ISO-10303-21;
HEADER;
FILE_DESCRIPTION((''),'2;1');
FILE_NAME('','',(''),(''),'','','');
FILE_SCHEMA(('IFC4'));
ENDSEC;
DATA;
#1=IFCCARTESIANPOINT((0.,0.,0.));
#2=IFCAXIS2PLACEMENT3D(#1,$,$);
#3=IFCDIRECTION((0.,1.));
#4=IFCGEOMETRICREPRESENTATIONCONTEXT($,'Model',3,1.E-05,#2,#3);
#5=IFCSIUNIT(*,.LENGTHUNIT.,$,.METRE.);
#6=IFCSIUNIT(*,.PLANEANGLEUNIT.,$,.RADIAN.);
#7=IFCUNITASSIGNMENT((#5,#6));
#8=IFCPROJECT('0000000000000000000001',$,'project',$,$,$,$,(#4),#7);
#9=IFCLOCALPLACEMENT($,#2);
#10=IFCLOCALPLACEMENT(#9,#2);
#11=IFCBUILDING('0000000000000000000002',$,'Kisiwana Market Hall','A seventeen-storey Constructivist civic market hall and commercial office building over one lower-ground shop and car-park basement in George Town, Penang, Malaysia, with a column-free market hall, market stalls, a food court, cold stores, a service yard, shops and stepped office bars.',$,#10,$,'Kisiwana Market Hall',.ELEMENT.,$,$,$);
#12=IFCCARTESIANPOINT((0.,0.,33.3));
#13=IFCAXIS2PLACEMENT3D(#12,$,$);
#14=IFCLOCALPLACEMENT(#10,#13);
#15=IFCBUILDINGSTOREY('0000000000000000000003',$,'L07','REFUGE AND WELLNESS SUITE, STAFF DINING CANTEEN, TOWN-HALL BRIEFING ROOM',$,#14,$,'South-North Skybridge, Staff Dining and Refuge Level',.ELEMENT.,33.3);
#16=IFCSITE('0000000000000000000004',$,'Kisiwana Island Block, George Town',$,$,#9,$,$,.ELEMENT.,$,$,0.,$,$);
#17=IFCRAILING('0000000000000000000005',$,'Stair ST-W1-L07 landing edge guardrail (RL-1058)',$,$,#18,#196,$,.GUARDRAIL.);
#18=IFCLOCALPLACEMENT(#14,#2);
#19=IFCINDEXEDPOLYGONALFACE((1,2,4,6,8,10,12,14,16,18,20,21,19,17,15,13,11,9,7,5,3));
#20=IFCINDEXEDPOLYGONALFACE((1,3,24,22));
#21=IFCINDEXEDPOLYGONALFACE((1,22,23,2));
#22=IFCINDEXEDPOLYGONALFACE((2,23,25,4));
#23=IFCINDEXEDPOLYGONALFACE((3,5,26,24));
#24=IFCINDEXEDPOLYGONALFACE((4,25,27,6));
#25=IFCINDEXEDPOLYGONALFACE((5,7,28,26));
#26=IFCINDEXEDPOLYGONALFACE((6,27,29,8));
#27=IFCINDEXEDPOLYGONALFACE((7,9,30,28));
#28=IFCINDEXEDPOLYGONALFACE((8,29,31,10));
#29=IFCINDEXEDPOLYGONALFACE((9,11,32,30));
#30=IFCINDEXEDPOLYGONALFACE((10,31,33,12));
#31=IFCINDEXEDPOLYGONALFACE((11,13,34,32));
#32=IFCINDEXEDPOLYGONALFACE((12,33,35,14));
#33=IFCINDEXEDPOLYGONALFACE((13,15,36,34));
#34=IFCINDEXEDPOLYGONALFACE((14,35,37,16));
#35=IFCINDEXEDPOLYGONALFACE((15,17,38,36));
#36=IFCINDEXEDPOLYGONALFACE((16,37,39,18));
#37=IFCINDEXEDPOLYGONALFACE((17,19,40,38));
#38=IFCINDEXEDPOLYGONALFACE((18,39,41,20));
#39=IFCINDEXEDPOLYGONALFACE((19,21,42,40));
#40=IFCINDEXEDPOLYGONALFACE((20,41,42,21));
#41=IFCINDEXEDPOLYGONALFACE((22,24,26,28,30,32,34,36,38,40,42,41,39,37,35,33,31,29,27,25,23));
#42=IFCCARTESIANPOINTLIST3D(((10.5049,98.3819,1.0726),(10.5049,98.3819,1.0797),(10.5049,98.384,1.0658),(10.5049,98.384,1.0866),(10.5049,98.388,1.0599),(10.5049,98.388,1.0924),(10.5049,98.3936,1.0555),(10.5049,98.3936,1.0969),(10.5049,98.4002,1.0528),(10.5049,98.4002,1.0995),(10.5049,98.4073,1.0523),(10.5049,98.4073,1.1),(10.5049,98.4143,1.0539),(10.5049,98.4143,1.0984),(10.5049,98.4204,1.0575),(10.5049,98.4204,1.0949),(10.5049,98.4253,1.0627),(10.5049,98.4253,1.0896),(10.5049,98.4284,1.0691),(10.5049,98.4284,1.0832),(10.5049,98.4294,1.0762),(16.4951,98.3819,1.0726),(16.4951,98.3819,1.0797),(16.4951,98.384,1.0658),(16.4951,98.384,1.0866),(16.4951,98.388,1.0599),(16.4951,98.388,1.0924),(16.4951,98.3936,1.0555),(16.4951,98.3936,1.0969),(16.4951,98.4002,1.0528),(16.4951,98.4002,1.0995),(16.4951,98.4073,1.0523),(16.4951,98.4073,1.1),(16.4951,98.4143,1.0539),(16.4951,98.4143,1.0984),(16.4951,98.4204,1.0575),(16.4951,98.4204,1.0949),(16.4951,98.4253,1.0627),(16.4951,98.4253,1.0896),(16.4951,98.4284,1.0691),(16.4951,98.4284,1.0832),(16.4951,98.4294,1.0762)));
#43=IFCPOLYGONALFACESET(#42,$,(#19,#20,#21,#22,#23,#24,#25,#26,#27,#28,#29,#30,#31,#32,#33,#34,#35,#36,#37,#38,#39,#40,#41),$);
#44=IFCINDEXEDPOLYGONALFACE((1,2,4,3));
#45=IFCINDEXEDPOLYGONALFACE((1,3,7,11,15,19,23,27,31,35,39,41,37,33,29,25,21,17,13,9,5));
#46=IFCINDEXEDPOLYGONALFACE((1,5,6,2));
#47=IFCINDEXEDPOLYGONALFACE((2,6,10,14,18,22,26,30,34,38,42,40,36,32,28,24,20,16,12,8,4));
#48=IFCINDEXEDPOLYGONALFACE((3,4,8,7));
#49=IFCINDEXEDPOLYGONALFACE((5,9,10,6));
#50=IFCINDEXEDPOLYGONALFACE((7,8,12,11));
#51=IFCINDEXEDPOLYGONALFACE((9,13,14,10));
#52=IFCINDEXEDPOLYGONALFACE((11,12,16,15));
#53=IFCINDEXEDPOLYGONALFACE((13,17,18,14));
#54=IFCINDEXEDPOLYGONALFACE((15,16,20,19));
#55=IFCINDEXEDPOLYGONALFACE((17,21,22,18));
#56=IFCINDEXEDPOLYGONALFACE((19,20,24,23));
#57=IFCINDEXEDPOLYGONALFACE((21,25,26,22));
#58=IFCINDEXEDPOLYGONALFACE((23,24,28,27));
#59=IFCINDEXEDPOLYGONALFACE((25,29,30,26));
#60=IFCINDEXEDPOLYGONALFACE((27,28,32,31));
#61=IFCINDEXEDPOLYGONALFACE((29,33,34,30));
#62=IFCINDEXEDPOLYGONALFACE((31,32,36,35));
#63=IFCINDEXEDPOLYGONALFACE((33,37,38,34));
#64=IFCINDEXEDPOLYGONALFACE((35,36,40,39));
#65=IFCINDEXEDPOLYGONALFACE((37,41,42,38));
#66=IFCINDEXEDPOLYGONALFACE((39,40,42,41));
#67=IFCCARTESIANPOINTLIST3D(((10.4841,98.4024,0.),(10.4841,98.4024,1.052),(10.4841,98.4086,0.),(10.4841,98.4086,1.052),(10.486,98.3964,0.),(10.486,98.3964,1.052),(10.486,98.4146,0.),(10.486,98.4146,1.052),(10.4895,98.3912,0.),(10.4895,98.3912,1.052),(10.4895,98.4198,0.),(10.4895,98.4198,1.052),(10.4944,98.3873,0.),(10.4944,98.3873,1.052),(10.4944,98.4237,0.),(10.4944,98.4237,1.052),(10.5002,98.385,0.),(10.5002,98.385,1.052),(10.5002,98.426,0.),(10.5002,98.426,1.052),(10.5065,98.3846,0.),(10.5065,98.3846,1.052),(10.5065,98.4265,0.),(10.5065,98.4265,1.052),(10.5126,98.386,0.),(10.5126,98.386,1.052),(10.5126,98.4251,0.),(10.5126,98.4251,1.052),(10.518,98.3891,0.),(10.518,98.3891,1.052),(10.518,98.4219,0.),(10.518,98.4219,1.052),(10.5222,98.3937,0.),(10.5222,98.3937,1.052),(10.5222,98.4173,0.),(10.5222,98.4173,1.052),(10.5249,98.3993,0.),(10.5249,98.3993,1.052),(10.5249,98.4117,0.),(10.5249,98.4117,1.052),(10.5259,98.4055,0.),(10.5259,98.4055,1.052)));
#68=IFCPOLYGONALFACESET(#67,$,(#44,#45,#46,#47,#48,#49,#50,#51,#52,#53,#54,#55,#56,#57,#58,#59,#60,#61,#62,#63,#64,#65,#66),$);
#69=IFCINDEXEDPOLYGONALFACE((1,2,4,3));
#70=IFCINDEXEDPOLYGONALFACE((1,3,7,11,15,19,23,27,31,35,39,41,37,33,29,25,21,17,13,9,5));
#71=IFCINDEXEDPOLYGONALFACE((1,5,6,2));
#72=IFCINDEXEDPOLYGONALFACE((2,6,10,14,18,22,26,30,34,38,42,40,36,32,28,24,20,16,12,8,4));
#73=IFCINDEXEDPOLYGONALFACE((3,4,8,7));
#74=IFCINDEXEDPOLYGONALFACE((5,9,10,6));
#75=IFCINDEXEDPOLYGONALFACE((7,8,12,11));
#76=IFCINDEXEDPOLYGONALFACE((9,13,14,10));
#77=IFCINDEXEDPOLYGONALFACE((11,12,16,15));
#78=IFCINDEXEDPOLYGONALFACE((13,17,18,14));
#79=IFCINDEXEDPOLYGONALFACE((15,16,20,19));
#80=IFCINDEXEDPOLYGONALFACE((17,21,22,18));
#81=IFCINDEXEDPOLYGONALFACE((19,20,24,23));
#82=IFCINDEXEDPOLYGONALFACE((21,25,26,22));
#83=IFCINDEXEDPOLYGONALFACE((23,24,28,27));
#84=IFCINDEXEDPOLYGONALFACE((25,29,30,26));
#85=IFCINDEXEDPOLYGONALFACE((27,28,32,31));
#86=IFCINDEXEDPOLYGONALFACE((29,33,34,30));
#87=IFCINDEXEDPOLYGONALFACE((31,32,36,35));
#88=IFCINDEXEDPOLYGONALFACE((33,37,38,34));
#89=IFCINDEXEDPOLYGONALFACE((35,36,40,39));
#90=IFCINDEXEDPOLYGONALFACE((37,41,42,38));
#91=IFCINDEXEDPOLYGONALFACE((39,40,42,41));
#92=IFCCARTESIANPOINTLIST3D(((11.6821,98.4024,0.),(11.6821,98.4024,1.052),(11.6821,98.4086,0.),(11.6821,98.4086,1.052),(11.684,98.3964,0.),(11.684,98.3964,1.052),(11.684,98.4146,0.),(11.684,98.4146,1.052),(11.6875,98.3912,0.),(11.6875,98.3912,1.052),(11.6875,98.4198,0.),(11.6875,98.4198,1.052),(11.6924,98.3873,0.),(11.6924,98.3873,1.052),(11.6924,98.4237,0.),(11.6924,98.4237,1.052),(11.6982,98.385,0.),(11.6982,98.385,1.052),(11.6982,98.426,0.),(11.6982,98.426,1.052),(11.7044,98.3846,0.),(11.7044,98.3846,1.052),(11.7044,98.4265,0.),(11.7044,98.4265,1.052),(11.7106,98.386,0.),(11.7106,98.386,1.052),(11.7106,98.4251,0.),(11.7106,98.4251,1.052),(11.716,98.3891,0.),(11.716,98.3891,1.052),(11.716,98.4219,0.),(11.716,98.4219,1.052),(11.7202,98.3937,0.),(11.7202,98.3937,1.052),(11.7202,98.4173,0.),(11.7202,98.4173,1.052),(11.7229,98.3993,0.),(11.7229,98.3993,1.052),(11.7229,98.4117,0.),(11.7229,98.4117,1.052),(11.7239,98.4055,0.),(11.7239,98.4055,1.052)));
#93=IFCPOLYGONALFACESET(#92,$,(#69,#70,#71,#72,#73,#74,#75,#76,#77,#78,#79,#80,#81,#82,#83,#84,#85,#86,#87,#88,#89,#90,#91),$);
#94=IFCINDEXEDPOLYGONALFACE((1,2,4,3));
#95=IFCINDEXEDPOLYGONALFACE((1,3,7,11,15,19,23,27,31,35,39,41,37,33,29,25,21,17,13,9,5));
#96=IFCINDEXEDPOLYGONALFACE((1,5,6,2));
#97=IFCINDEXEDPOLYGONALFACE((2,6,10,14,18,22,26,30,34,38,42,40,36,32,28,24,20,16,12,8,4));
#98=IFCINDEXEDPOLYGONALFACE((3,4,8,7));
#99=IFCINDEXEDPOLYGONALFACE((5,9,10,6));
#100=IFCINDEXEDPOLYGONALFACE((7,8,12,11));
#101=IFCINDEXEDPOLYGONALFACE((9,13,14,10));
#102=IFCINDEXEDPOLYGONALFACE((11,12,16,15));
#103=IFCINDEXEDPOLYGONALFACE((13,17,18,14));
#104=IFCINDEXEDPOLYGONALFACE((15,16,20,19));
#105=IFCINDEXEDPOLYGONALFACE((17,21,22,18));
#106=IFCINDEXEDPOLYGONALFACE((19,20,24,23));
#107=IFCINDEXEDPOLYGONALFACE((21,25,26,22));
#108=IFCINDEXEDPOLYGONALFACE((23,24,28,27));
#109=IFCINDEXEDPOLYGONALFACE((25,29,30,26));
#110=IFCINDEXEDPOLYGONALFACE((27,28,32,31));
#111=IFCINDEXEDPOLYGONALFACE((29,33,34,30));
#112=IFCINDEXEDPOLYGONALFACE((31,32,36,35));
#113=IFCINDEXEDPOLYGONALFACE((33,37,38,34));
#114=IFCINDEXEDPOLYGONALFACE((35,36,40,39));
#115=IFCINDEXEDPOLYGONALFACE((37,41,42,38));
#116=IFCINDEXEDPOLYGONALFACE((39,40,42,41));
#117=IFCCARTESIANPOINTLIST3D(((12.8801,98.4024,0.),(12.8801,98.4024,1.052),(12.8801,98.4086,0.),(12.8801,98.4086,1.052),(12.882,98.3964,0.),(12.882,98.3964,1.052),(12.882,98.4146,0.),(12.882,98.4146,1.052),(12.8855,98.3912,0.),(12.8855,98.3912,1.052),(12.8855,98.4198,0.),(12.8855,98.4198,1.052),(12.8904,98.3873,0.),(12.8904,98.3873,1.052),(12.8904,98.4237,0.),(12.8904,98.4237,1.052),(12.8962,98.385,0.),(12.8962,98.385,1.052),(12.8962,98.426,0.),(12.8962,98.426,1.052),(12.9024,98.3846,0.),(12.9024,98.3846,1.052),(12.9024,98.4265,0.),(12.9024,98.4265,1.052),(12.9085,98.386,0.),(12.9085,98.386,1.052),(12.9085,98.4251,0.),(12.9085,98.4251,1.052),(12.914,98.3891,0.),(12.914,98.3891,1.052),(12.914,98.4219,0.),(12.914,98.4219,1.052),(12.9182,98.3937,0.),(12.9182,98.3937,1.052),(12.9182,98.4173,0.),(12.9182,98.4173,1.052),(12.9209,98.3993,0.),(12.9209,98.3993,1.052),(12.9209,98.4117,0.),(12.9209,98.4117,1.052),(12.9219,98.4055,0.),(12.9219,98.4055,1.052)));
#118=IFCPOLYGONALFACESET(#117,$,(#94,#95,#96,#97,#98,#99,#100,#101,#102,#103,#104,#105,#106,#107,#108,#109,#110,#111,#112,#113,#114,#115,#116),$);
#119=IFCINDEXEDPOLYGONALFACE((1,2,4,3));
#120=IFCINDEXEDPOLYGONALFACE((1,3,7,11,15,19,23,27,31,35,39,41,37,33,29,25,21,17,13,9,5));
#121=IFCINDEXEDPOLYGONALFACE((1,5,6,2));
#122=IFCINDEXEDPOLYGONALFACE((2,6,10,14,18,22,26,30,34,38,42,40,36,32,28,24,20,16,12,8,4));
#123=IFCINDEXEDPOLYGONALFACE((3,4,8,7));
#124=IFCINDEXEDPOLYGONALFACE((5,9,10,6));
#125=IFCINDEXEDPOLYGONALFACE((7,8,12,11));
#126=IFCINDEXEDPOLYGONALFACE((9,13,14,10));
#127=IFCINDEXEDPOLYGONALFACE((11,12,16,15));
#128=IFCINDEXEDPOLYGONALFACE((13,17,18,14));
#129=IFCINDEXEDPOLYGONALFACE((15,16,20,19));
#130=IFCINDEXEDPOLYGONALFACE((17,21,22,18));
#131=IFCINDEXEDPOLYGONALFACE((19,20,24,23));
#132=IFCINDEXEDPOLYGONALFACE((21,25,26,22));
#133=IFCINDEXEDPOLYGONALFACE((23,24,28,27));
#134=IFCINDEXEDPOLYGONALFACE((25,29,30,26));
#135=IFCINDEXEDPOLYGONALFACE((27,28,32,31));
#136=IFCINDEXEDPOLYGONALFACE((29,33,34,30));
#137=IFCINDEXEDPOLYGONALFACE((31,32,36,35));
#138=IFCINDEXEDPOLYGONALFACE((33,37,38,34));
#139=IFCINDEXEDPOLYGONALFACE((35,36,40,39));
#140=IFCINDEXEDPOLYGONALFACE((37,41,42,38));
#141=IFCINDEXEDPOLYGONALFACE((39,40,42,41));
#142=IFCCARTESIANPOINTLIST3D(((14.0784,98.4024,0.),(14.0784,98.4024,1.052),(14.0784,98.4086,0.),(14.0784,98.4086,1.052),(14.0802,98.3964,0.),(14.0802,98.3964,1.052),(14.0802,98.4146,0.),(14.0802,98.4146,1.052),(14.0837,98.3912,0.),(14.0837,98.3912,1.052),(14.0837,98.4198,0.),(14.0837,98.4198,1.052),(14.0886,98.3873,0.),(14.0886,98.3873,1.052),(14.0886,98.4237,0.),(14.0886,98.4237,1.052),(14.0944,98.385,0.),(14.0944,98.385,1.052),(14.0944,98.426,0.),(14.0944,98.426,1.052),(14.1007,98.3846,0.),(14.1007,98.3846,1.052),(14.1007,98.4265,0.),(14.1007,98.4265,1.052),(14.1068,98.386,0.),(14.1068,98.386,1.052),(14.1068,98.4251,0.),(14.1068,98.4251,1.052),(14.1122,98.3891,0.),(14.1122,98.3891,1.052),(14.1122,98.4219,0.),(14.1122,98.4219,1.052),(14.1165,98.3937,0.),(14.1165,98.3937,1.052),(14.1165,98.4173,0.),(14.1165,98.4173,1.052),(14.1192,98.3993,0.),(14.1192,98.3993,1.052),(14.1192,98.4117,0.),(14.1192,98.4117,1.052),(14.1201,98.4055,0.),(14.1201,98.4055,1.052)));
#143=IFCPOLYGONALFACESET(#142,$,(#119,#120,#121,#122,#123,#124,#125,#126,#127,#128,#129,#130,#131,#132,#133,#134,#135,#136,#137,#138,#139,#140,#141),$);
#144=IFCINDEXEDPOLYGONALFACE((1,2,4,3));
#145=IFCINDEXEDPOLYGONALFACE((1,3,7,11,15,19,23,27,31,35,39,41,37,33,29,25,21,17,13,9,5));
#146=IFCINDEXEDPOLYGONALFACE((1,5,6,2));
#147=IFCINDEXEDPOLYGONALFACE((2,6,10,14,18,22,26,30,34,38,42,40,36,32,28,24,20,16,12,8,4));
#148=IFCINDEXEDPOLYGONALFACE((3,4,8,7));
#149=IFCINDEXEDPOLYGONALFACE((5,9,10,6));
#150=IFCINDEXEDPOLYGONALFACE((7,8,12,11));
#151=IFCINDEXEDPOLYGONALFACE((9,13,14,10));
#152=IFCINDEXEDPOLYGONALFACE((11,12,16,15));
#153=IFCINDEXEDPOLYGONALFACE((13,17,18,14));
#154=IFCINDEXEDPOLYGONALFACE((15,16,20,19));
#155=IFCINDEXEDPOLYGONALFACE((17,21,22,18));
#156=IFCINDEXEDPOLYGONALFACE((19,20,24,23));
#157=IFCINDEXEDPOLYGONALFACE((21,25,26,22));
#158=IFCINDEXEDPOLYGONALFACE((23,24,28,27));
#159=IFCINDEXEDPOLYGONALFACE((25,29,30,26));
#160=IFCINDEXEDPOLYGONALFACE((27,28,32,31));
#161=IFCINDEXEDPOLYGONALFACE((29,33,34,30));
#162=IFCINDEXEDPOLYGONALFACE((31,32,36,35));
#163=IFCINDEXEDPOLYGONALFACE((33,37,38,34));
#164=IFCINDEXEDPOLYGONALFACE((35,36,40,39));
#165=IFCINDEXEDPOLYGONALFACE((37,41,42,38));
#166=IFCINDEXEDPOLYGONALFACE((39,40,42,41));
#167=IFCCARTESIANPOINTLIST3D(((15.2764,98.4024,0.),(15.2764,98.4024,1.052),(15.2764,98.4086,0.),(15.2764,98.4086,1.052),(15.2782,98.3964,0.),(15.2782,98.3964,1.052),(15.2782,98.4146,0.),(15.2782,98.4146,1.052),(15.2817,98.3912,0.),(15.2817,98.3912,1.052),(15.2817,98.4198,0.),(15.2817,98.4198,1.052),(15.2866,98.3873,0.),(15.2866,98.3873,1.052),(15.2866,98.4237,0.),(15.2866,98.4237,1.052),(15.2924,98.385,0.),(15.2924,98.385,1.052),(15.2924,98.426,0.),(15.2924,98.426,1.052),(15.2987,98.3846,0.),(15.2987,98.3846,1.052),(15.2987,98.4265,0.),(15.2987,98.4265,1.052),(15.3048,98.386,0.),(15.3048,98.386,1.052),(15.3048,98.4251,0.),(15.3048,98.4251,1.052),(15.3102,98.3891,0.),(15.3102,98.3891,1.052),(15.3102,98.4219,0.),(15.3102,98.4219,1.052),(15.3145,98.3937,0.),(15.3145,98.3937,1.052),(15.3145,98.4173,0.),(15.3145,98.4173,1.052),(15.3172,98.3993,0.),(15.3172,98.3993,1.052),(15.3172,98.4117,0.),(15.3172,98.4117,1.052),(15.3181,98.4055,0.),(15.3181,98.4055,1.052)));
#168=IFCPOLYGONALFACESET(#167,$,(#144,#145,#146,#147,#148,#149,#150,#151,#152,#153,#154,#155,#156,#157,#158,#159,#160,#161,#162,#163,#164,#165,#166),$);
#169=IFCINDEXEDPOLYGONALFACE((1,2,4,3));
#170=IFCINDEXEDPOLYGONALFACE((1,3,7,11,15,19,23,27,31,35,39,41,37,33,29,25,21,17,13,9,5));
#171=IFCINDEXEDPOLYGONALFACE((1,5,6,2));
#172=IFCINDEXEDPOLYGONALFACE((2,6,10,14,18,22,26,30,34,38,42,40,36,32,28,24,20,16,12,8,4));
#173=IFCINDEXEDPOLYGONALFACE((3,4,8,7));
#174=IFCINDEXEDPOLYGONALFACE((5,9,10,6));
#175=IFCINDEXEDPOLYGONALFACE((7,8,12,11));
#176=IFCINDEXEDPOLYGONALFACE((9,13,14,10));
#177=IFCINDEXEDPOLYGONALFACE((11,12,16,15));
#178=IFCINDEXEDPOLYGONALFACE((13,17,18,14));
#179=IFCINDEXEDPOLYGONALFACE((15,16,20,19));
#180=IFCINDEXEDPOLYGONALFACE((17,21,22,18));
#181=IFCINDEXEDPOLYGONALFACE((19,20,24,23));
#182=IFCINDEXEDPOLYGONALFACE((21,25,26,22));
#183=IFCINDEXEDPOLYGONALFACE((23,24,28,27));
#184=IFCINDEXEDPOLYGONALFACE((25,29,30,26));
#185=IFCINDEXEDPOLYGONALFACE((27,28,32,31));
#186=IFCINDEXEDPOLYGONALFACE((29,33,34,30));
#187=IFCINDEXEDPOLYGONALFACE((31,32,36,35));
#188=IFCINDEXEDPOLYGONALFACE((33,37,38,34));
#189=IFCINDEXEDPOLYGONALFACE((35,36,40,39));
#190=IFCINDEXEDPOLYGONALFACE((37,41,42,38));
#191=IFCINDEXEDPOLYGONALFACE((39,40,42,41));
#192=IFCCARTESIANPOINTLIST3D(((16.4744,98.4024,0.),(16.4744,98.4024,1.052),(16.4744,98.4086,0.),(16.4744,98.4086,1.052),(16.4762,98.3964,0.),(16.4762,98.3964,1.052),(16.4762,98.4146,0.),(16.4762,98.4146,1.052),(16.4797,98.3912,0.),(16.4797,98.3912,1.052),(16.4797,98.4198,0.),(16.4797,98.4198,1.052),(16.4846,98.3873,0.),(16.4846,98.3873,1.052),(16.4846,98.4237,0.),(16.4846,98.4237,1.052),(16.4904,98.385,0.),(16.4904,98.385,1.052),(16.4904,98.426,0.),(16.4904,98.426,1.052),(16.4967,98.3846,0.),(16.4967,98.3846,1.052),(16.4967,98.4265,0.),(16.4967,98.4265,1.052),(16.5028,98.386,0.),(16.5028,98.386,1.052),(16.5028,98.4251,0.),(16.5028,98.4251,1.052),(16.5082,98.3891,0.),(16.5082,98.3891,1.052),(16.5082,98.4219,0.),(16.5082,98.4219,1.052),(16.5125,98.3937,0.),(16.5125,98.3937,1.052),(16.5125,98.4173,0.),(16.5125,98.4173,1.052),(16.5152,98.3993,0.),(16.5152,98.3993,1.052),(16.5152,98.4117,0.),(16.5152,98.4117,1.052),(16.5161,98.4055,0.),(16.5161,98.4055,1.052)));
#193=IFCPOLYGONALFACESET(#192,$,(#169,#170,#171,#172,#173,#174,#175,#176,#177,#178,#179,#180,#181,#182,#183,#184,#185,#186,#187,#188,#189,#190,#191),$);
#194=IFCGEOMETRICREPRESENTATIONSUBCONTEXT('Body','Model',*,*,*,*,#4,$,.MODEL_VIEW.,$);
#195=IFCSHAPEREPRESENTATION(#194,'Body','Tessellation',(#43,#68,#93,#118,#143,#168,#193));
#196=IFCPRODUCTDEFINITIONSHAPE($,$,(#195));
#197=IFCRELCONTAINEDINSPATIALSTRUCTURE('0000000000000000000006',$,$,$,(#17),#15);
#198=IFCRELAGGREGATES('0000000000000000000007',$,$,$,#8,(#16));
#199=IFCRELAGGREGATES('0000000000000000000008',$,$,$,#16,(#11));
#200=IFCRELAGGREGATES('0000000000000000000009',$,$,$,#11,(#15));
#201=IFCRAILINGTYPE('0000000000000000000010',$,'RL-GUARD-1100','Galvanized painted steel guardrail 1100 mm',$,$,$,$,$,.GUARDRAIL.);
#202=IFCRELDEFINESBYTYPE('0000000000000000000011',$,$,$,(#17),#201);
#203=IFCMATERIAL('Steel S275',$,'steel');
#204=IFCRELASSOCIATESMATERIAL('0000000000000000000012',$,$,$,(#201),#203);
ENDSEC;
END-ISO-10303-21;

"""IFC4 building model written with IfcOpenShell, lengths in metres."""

from ifc_helpers import new_model, si_unit, direction, frame, origin, origin_2d, place, context, subcontext, project, spatial, circle, extrude, material, type_object, element, save


model = new_model("IFC4")

# Units and contexts
model_context = context("Model", 3, precision=1e-05, world=origin(), true_north=direction((0.0, 1.0)))
body_context = subcontext(model_context, "Body", "Model", "MODEL_VIEW")
ifc_project = project(units=[si_unit("LENGTHUNIT", "METRE"), si_unit("PLANEANGLEUNIT", "RADIAN")], contexts=[model_context])

# Site, building, storey
site_placement = place(None, origin())
site = spatial("IfcSite", under=ifc_project, at=site_placement, Name="Kisiwana Island Block, George Town", CompositionType="ELEMENT", RefElevation=0.0)
building_placement = place(site_placement, origin())
building = spatial("IfcBuilding", under=site, at=building_placement, Name="Kisiwana Market Hall", Description="A seventeen-storey Constructivist civic market hall and commercial office building over one lower-ground shop and car-park basement in George Town, Penang, Malaysia, with a column-free market hall, market stalls, a food court, cold stores, a service yard, shops and stepped office bars.", LongName="Kisiwana Market Hall", CompositionType="ELEMENT")
storey_placement = place(building_placement, frame((0.0, 0.0, 33.3)))
storey = spatial("IfcBuildingStorey", under=building, at=storey_placement, Name="L07", Description="REFUGE AND WELLNESS SUITE, STAFF DINING CANTEEN, TOWN-HALL BRIEFING ROOM", LongName="South-North Skybridge, Staff Dining and Refuge Level", CompositionType="ELEMENT", Elevation=33.3)

# Railing
ifc_material_1 = material(Name="Steel S275", Category="steel")
railing_type_1 = type_object("IfcRailingType", Name="RL-GUARD-1100", Description="Galvanized painted steel guardrail 1100 mm", PredefinedType="GUARDRAIL", material=ifc_material_1)
railing_1_placement = place(storey_placement, frame((10.5049, 98.4055, 0.0)))
element("IfcRailing", 1, at=railing_1_placement, inside=storey, type_object=railing_type_1, Name="Stair ST-W1-L07 landing edge guardrail (RL-1058)", PredefinedType="GUARDRAIL", context=body_context, shape_type="SweptSolid", body=[
    extrude(circle(Radius=0.0239, at=origin_2d()), frame((0.0, 0.0, 1.0762), z_axis=(1.0, 0.0, 0.0), x_axis=(0.0, 1.0, 0.0)), (0.0, 0.0, 1.0), 5.9902),
    extrude(circle(Radius=0.021, at=origin_2d()), origin(), (0.0, 0.0, 1.0), 1.052),
    extrude(circle(Radius=0.021, at=origin_2d()), frame((1.198, 0.0, 0.0)), (0.0, 0.0, 1.0), 1.052),
    extrude(circle(Radius=0.021, at=origin_2d()), frame((2.396, 0.0, 0.0)), (0.0, 0.0, 1.0), 1.052),
    extrude(circle(Radius=0.021, at=origin_2d()), frame((3.5942, 0.0, 0.0)), (0.0, 0.0, 1.0), 1.052),
    extrude(circle(Radius=0.021, at=origin_2d()), frame((4.7922, 0.0, 0.0)), (0.0, 0.0, 1.0), 1.052),
    extrude(circle(Radius=0.021, at=origin_2d()), frame((5.9902, 0.0, 0.0)), (0.0, 0.0, 1.0), 1.052),
])

save(model, "model.ifc")
